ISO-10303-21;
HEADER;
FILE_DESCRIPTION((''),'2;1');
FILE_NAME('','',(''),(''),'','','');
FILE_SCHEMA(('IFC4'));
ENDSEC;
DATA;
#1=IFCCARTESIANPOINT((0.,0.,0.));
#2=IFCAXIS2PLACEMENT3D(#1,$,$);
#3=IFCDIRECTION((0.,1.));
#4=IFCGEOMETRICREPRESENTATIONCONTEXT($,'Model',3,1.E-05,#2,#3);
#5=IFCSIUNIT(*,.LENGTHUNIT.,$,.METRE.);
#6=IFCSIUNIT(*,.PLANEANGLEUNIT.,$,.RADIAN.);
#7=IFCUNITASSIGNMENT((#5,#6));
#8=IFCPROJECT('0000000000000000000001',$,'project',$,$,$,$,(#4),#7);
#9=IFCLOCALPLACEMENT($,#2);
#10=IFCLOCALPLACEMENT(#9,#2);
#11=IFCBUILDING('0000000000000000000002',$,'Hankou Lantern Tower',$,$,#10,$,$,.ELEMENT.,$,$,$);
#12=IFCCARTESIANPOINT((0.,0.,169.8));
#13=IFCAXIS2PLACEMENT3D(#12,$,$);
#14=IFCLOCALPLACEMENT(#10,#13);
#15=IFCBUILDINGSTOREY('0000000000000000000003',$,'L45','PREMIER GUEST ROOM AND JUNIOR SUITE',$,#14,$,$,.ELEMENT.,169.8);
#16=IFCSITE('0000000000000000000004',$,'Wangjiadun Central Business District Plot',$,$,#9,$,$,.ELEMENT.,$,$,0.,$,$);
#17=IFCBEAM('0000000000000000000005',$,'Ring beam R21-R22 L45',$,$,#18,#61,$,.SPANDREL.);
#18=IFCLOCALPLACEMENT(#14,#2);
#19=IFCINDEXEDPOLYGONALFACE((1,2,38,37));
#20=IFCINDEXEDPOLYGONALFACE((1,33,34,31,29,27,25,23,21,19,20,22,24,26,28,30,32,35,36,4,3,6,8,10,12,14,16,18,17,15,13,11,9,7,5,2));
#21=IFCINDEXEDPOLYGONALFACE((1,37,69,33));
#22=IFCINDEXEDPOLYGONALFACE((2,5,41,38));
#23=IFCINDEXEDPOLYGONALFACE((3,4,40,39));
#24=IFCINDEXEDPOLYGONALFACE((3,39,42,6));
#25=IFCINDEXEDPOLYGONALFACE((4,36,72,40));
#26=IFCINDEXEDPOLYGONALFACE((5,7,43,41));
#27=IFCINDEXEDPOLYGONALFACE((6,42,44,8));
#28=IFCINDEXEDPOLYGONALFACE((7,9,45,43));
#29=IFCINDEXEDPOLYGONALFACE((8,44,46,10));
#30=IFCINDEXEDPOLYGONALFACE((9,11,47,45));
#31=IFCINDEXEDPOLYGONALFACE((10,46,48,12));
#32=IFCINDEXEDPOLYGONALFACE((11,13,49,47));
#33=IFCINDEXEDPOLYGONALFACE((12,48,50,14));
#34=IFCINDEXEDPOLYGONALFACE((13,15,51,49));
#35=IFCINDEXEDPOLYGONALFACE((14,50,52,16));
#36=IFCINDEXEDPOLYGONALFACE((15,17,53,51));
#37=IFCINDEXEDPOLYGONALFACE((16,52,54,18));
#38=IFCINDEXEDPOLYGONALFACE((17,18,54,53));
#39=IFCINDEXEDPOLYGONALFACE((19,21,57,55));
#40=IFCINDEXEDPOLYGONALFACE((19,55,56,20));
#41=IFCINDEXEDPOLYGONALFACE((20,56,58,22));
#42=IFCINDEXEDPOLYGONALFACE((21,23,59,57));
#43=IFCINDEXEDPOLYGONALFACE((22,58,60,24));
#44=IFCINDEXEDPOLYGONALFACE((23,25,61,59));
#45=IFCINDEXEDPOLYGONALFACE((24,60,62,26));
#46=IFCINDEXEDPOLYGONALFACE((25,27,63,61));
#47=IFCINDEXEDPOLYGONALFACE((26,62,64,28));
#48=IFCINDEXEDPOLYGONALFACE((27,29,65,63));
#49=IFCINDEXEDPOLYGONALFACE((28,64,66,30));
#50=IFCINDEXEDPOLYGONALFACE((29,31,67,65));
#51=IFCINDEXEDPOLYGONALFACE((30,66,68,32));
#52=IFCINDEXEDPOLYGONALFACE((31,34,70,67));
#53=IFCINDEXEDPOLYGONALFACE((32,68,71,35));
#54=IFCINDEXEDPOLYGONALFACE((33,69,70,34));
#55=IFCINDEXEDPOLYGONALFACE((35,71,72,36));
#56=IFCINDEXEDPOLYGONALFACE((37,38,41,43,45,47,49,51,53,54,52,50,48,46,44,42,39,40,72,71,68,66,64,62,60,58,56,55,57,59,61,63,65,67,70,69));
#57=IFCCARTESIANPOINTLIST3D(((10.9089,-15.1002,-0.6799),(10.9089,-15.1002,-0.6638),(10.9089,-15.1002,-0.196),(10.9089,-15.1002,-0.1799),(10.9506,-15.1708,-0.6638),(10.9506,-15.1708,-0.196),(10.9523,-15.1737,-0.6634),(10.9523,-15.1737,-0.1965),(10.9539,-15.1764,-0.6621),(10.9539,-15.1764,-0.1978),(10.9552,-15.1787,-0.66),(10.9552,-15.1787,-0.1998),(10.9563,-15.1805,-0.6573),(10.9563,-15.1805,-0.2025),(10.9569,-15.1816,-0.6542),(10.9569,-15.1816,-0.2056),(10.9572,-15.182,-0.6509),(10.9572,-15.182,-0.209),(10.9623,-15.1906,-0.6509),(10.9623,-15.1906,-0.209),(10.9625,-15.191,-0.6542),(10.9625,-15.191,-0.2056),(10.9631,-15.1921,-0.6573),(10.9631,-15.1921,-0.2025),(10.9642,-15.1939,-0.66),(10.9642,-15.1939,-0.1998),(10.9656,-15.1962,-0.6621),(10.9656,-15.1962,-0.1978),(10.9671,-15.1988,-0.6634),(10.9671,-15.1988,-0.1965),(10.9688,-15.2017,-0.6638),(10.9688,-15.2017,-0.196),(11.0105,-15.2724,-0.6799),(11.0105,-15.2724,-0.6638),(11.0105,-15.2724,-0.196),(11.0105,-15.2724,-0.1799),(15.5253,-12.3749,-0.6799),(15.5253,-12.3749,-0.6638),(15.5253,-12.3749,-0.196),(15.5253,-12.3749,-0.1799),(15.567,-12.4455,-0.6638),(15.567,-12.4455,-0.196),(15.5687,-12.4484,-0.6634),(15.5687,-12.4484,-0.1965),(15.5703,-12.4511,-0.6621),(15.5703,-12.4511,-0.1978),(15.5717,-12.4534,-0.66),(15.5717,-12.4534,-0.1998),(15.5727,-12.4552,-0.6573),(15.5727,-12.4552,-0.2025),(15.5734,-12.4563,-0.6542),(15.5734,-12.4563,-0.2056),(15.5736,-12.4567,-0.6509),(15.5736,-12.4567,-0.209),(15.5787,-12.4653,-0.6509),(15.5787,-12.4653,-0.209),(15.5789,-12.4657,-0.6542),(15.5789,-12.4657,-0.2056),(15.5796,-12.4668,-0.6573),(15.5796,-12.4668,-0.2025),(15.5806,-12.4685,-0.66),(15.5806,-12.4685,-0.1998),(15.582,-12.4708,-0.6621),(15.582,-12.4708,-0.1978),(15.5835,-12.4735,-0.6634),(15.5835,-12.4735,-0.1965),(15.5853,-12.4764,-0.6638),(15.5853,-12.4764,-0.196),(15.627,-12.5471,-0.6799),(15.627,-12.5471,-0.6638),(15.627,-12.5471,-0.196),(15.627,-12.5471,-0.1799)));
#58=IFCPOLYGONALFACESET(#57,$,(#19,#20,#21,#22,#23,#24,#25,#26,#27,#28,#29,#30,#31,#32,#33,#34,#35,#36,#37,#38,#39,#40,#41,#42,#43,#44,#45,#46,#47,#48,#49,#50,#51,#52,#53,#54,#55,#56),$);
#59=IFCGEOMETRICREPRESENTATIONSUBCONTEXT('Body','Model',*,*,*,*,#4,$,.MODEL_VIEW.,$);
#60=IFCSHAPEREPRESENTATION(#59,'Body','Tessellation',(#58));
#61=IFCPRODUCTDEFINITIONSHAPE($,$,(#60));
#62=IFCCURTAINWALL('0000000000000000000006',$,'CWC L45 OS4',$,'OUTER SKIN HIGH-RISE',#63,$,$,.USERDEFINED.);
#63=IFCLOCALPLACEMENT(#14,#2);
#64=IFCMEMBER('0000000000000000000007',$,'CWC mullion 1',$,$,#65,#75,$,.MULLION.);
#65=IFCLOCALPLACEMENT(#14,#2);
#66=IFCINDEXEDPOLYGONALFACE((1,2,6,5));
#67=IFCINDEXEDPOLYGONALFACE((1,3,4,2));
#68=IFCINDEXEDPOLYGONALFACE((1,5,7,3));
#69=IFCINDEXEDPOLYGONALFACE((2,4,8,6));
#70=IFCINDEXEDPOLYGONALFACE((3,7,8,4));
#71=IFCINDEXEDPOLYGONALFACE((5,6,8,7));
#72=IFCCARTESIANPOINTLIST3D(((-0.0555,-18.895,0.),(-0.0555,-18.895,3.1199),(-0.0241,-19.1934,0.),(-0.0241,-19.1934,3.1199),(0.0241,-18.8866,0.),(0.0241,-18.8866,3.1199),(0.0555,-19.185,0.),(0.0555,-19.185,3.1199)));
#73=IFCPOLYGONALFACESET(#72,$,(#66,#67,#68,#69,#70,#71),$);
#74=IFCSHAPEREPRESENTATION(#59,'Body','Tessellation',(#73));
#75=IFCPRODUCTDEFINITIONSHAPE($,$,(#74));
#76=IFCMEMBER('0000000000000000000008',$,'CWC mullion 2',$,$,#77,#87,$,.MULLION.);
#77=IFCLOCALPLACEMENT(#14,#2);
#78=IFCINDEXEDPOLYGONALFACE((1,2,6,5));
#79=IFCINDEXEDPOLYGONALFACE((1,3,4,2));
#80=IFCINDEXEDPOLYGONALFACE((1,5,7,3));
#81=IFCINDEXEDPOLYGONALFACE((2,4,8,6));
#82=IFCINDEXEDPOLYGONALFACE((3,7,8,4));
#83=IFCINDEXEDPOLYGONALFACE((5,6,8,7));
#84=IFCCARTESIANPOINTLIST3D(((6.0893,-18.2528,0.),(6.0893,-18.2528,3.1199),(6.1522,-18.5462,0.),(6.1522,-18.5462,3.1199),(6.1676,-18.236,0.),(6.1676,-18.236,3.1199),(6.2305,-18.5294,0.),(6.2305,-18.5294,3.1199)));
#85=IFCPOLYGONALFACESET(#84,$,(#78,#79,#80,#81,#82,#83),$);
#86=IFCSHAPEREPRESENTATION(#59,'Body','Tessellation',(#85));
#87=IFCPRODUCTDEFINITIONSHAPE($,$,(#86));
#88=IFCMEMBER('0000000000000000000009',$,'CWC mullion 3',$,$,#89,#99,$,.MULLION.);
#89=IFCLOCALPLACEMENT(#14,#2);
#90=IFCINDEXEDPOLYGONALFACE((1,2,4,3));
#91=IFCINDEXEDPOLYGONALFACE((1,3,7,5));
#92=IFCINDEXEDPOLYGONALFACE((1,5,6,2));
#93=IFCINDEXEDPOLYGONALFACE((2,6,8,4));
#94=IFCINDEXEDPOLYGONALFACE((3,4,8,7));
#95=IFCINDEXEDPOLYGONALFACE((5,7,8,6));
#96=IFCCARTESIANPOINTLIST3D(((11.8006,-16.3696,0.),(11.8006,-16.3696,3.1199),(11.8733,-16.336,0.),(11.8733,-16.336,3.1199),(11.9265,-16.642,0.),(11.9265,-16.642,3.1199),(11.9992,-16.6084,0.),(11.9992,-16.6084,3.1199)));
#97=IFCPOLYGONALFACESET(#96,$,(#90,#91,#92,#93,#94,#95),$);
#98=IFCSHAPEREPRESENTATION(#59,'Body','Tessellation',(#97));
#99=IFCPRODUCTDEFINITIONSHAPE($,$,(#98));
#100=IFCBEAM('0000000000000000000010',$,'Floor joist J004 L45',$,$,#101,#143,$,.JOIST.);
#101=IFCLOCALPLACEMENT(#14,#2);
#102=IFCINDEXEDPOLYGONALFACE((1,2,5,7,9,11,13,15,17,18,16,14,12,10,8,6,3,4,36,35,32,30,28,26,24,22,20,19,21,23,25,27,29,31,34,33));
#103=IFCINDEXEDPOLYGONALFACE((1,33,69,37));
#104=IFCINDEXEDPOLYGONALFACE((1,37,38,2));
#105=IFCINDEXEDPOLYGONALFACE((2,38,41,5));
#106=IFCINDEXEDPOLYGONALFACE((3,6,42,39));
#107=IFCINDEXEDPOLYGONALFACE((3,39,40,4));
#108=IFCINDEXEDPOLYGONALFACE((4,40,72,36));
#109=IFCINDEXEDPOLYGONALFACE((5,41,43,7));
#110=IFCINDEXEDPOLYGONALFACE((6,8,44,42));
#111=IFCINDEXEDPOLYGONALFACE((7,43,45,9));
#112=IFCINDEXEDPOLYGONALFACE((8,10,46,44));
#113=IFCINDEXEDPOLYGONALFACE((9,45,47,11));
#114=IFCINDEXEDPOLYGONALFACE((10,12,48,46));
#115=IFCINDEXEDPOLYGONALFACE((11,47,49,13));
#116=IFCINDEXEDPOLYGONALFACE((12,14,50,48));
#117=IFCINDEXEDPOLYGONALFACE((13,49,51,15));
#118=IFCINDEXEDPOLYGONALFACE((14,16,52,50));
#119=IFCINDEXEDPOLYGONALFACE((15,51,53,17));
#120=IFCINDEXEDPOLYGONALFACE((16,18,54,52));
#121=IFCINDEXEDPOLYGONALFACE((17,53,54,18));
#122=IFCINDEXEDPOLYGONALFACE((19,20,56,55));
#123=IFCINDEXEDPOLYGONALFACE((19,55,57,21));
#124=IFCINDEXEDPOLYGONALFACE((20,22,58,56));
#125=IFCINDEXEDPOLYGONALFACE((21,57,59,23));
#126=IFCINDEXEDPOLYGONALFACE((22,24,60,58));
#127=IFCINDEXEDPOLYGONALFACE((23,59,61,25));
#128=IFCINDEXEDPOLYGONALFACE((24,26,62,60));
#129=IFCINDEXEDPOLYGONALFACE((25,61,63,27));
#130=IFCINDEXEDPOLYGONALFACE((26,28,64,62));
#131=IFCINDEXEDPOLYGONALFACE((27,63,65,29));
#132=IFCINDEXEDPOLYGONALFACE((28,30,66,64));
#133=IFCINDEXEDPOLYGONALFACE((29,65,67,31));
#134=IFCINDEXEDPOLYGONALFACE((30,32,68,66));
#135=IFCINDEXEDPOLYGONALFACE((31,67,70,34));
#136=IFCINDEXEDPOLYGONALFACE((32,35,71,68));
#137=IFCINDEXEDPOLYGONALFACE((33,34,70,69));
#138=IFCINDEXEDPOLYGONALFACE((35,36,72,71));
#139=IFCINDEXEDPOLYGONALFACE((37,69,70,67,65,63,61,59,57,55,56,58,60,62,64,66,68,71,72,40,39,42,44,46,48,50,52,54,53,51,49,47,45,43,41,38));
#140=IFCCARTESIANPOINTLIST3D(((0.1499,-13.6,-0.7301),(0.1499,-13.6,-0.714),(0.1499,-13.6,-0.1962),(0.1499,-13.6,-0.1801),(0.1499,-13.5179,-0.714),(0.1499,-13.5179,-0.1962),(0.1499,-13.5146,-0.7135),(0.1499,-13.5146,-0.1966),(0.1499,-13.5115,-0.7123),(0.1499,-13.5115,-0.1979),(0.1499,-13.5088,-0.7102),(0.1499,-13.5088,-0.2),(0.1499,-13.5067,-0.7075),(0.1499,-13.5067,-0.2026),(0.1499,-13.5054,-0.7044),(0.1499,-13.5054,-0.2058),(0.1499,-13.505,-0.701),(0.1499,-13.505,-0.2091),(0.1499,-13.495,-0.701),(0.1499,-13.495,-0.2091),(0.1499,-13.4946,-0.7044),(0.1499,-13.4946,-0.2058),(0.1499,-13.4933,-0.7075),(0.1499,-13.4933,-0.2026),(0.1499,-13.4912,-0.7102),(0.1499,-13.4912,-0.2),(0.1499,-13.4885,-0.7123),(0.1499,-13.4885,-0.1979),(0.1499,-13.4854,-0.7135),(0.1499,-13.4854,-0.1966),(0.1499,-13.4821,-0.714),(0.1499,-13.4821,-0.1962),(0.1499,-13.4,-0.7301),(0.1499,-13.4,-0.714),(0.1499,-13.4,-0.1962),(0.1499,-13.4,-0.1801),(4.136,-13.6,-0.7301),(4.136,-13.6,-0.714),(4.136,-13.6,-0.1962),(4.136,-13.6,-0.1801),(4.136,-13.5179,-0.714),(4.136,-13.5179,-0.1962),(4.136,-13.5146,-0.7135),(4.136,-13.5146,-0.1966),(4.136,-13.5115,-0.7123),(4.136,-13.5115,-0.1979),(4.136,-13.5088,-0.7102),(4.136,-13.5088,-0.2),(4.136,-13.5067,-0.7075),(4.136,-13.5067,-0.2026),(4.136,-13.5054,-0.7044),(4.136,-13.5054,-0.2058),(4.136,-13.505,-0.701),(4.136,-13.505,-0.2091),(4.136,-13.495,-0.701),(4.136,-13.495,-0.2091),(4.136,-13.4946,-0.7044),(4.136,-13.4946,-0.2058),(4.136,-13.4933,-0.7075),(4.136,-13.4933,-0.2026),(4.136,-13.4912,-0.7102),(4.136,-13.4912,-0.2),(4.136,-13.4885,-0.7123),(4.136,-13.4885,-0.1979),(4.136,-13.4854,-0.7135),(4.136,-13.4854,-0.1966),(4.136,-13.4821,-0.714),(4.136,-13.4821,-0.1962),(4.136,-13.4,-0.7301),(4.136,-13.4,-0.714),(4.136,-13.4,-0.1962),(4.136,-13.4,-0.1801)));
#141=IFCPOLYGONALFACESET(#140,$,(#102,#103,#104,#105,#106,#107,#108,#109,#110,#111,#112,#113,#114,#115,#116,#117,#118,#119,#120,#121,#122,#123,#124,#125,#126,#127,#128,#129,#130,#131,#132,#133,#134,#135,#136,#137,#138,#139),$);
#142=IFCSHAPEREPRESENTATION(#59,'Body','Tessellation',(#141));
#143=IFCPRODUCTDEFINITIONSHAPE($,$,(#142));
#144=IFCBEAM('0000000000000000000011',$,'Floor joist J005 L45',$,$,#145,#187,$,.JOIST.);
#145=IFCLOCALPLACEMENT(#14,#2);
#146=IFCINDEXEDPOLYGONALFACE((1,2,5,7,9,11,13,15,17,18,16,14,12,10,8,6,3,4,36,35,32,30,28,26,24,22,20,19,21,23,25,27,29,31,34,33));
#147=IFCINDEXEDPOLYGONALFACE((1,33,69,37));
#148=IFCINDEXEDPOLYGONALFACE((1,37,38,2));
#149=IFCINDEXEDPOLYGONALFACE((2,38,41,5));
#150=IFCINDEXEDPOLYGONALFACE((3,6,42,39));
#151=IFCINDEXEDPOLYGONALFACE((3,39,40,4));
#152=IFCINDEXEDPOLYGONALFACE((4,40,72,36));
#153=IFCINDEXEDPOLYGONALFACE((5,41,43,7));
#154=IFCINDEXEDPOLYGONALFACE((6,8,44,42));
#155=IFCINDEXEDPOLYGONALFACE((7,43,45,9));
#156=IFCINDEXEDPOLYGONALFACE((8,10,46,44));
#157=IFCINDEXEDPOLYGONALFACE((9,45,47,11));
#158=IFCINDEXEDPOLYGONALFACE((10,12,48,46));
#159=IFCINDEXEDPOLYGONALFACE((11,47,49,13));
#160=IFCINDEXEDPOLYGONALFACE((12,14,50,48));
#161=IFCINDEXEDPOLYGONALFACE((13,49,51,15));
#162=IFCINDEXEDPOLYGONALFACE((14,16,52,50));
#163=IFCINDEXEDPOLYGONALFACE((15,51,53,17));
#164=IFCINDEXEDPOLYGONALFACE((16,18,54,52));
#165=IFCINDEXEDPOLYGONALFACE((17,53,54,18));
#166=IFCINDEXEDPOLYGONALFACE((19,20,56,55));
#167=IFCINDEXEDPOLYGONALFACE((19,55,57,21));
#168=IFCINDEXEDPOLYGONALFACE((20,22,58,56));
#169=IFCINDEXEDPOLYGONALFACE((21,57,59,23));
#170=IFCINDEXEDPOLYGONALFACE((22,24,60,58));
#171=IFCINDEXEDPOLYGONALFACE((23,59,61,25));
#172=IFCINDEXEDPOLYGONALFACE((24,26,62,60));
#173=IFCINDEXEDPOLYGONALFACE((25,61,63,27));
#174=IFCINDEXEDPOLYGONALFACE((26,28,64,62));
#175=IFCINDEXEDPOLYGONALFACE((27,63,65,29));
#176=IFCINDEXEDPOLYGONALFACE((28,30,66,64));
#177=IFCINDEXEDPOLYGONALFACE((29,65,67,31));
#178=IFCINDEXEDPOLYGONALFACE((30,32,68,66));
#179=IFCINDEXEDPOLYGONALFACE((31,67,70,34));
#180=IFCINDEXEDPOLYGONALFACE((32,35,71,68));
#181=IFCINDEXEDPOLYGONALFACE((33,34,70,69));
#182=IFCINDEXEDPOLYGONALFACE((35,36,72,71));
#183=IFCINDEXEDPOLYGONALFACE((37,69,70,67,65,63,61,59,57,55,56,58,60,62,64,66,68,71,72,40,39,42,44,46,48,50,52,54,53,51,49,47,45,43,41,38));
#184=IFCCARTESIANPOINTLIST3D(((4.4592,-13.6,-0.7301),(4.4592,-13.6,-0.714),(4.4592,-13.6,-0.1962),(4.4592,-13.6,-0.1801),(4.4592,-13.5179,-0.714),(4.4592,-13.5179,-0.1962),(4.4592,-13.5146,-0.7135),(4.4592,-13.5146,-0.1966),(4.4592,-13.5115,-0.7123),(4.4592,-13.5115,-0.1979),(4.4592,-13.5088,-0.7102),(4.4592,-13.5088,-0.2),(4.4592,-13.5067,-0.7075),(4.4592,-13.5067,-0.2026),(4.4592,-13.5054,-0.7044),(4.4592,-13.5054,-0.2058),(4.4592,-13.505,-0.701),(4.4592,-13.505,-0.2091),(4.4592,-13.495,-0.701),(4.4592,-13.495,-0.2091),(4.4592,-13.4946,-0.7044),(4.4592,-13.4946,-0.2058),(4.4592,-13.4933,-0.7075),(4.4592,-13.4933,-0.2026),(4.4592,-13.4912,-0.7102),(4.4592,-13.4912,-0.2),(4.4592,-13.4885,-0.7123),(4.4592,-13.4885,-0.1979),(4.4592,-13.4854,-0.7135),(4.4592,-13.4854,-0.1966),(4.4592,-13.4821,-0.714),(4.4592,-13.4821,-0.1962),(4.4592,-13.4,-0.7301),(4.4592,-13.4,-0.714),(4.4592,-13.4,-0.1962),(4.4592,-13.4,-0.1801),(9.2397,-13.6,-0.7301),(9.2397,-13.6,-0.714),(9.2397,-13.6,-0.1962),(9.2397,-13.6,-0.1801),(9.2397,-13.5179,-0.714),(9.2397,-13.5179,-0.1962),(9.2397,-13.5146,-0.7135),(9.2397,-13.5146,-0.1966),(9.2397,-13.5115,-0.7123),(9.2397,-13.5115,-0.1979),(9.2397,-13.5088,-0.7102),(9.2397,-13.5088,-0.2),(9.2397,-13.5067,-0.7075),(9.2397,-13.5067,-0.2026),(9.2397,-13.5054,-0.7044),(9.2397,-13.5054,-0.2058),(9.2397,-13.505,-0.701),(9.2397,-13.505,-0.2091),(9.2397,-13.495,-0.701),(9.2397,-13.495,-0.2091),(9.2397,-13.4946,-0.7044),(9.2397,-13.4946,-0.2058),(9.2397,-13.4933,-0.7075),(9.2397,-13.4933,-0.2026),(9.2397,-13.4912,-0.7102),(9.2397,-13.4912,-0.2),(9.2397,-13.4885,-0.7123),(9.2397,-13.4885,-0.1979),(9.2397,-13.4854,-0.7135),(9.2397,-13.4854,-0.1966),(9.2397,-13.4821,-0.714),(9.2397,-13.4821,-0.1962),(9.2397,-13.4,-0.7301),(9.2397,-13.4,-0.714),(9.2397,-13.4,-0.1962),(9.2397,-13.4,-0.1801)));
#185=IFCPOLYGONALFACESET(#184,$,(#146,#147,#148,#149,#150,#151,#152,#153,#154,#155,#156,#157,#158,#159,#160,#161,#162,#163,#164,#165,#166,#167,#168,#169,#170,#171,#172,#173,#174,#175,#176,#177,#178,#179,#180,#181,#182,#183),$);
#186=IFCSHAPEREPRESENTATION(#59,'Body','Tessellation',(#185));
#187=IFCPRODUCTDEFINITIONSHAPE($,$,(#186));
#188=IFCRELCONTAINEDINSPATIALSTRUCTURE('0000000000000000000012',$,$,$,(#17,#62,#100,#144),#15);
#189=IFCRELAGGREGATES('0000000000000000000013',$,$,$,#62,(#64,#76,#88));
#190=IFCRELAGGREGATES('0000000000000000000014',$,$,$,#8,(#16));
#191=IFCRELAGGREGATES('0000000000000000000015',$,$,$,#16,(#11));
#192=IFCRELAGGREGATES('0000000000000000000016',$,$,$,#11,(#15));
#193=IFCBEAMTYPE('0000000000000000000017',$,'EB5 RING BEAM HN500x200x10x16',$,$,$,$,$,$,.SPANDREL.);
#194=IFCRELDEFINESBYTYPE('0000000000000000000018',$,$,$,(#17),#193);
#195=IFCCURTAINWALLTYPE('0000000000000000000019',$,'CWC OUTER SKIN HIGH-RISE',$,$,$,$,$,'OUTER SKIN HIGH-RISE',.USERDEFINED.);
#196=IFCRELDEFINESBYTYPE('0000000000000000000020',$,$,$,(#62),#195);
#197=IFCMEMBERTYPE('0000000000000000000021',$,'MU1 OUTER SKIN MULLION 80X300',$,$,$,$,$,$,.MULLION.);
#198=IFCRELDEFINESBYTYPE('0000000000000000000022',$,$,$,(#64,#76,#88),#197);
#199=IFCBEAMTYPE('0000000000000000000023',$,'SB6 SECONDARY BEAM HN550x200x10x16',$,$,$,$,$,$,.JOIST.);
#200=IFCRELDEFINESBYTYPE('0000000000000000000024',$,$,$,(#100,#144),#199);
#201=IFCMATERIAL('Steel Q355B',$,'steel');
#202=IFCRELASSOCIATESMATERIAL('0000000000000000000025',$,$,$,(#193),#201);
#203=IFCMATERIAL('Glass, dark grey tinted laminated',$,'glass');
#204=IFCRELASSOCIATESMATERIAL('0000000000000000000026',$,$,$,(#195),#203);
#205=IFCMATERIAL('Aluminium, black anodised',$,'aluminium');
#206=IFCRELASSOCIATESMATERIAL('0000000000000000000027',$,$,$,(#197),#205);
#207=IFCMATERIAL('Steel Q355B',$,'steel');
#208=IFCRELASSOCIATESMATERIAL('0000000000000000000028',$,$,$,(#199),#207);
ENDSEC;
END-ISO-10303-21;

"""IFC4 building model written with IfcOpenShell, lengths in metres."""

from ifc_helpers import new_model, si_unit, direction, frame, origin, origin_2d, place, context, subcontext, project, spatial, rectangle, i_section, extrude, material, material_profile, profile_set, type_object, element, aggregate, save


model = new_model("IFC4")

# Units and contexts
model_context = context("Model", 3, precision=1e-05, world=origin(), true_north=direction((0.0, 1.0)))
body_context = subcontext(model_context, "Body", "Model", "MODEL_VIEW")
ifc_project = project(units=[si_unit("LENGTHUNIT", "METRE"), si_unit("PLANEANGLEUNIT", "RADIAN")], contexts=[model_context])

# Site, building, storey
site_placement = place(None, origin())
site = spatial("IfcSite", under=ifc_project, at=site_placement, Name="Wangjiadun Central Business District Plot", CompositionType="ELEMENT", RefElevation=0.0)
building_placement = place(site_placement, origin())
building = spatial("IfcBuilding", under=site, at=building_placement, Name="Hankou Lantern Tower", CompositionType="ELEMENT")
storey_placement = place(building_placement, frame((0.0, 0.0, 169.8)))
storey = spatial("IfcBuildingStorey", under=building, at=storey_placement, Name="L45", Description="PREMIER GUEST ROOM AND JUNIOR SUITE", CompositionType="ELEMENT", Elevation=169.8)

# Beam
ifc_material_1 = material(Name="Steel Q355B", Category="steel")
ifc_material_profile_1 = material_profile(ifc_material_1, i_section(OverallWidth=0.2, OverallDepth=0.5, WebThickness=0.01, FlangeThickness=0.0161, FilletRadius=0.0129, at=origin_2d()), Name="HN500x200x10x16")
ifc_profile_set_1 = profile_set([ifc_material_profile_1], Name="Steel Q355B")
beam_type_1 = type_object("IfcBeamType", Name="EB5 RING BEAM HN500x200x10x16", PredefinedType="SPANDREL", material=ifc_profile_set_1)
beam_1_placement = place(storey_placement, frame((10.9597, -15.1863, -0.4299), z_axis=(0.861136, 0.508375, 0.0), x_axis=(-0.508375, 0.861136, 0.0)))
element("IfcBeam", 1, at=beam_1_placement, inside=storey, type_object=beam_type_1, Name="Ring beam R21-R22 L45", PredefinedType="SPANDREL", context=body_context, shape_type="SweptSolid", body=[
    extrude(i_section(OverallWidth=0.2, OverallDepth=0.5, WebThickness=0.01, FlangeThickness=0.0161, FilletRadius=0.0129, at=origin_2d()), origin(), (0.0, 0.0, 1.0), 5.3608),
])

# Curtain wall, members
ifc_material_2 = material(Name="Glass, dark grey tinted laminated", Category="glass")
curtain_wall_type = type_object("IfcCurtainWallType", Name="CWC OUTER SKIN HIGH-RISE", ElementType="OUTER SKIN HIGH-RISE", PredefinedType="USERDEFINED", material=ifc_material_2)
curtain_wall_placement = place(storey_placement, origin())
curtain_wall = element("IfcCurtainWall", 2, at=curtain_wall_placement, inside=storey, type_object=curtain_wall_type, Name="CWC L45 OS4", ObjectType="OUTER SKIN HIGH-RISE", PredefinedType="USERDEFINED")
ifc_material_3 = material(Name="Aluminium, black anodised", Category="aluminium")
ifc_material_profile_2 = material_profile(ifc_material_3, rectangle(XDim=0.0801, YDim=0.3, at=origin_2d()), Name="MU1 80X300")
ifc_profile_set_2 = profile_set([ifc_material_profile_2], Name="Aluminium, black anodised")
member_type_1 = type_object("IfcMemberType", Name="MU1 OUTER SKIN MULLION 80X300", PredefinedType="MULLION", material=ifc_profile_set_2)
member_1_placement = place(storey_placement, frame((0.0, -19.04, 0.0), z_axis=(0.0, 0.0, 1.0), x_axis=(0.994499, 0.104743, 0.0)))
member_1 = element("IfcMember", 3, at=member_1_placement, type_object=member_type_1, Name="CWC mullion 1", PredefinedType="MULLION", context=body_context, shape_type="SweptSolid", body=[
    extrude(rectangle(XDim=0.0801, YDim=0.3, at=origin_2d()), origin(), (0.0, 0.0, 1.0), 3.1199),
])
member_2_placement = place(storey_placement, frame((6.1599, -18.3911, 0.0), z_axis=(0.0, 0.0, 1.0), x_axis=(0.977788, 0.209598, 0.0)))
member_2 = element("IfcMember", 4, at=member_2_placement, type_object=member_type_1, Name="CWC mullion 2", PredefinedType="MULLION", context=body_context, shape_type="SweptSolid", body=[
    extrude(rectangle(XDim=0.0801, YDim=0.3, at=origin_2d()), origin(), (0.0, 0.0, 1.0), 3.1199),
])
member_3_placement = place(storey_placement, frame((11.8999, -16.489, 0.0), z_axis=(0.0, 0.0, 1.0), x_axis=(0.907841, 0.419314, 0.0)))
member_3 = element("IfcMember", 5, at=member_3_placement, type_object=member_type_1, Name="CWC mullion 3", PredefinedType="MULLION", context=body_context, shape_type="SweptSolid", body=[
    extrude(rectangle(XDim=0.0801, YDim=0.3, at=origin_2d()), origin(), (0.0, 0.0, 1.0), 3.1199),
])

# Beams
ifc_material_4 = material(Name="Steel Q355B", Category="steel")
ifc_material_profile_3 = material_profile(ifc_material_4, i_section(OverallWidth=0.2, OverallDepth=0.55, WebThickness=0.01, FlangeThickness=0.0161, FilletRadius=0.0129, at=origin_2d()), Name="HN550x200x10x16")
ifc_profile_set_3 = profile_set([ifc_material_profile_3], Name="Steel Q355B")
beam_type_2 = type_object("IfcBeamType", Name="SB6 SECONDARY BEAM HN550x200x10x16", PredefinedType="JOIST", material=ifc_profile_set_3)
beam_2_placement = place(storey_placement, frame((0.1499, -13.5, -0.4551), z_axis=(1.0, 0.0, 0.0), x_axis=(0.0, 1.0, 0.0)))
element("IfcBeam", 6, at=beam_2_placement, inside=storey, type_object=beam_type_2, Name="Floor joist J004 L45", PredefinedType="JOIST", context=body_context, shape_type="SweptSolid", body=[
    extrude(i_section(OverallWidth=0.2, OverallDepth=0.55, WebThickness=0.01, FlangeThickness=0.0161, FilletRadius=0.0129, at=origin_2d()), origin(), (0.0, 0.0, 1.0), 3.9861),
])
beam_3_placement = place(storey_placement, frame((4.4592, -13.5, -0.4551), z_axis=(1.0, 0.0, 0.0), x_axis=(0.0, 1.0, 0.0)))
element("IfcBeam", 7, at=beam_3_placement, inside=storey, type_object=beam_type_2, Name="Floor joist J005 L45", PredefinedType="JOIST", context=body_context, shape_type="SweptSolid", body=[
    extrude(i_section(OverallWidth=0.2, OverallDepth=0.55, WebThickness=0.01, FlangeThickness=0.0161, FilletRadius=0.0129, at=origin_2d()), origin(), (0.0, 0.0, 1.0), 4.7805),
])

aggregate(curtain_wall, [member_1, member_2, member_3])

save(model, "model.ifc")
